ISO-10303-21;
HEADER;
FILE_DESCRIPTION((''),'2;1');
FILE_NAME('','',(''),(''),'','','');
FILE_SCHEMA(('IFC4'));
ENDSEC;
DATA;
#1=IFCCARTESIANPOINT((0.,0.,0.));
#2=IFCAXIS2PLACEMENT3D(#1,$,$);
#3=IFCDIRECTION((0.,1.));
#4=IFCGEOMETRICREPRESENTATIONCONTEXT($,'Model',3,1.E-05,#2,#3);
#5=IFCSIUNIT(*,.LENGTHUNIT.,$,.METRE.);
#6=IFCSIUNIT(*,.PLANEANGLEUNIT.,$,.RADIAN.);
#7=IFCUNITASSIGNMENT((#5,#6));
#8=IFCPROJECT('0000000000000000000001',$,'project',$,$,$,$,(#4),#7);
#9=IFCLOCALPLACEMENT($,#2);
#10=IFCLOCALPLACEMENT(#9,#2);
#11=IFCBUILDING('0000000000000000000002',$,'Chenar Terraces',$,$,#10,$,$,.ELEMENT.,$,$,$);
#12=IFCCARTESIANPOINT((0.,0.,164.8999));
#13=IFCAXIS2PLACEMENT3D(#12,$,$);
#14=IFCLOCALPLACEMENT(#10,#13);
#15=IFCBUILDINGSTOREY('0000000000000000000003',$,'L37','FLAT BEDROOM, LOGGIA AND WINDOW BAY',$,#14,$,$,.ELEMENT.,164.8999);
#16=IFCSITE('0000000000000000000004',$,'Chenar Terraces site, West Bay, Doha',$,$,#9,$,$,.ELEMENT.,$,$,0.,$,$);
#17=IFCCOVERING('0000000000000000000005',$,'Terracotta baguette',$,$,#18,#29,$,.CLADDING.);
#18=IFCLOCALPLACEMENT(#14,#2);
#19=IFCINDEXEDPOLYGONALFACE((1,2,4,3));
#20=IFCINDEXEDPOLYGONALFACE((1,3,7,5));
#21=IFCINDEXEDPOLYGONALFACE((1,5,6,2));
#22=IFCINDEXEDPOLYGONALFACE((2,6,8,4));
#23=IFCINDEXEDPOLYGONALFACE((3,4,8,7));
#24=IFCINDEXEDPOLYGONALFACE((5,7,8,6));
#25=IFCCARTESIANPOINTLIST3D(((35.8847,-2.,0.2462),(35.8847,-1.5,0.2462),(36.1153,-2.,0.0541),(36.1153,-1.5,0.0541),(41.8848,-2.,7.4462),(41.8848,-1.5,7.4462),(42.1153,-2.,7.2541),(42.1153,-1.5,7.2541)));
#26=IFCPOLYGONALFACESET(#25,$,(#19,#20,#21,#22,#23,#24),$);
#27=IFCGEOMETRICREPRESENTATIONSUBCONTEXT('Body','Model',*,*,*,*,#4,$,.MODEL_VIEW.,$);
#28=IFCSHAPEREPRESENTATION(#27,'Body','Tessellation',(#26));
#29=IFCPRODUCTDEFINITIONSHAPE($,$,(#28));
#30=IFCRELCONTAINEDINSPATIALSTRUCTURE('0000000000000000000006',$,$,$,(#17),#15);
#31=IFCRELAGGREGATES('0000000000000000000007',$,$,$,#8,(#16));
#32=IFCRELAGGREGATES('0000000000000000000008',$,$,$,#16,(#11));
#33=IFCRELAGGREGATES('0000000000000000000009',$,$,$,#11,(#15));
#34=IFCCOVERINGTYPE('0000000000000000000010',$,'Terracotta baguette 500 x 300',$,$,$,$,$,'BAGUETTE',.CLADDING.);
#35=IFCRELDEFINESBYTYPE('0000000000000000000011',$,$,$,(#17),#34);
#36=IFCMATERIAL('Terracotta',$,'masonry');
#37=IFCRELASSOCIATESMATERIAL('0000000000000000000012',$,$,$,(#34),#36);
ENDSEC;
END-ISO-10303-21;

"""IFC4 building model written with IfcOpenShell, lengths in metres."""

from ifc_helpers import new_model, si_unit, direction, frame, origin, origin_2d, place, context, subcontext, project, spatial, rectangle, extrude, material, material_profile, profile_set, type_object, element, save


model = new_model("IFC4")

# Units and contexts
model_context = context("Model", 3, precision=1e-05, world=origin(), true_north=direction((0.0, 1.0)))
body_context = subcontext(model_context, "Body", "Model", "MODEL_VIEW")
ifc_project = project(units=[si_unit("LENGTHUNIT", "METRE"), si_unit("PLANEANGLEUNIT", "RADIAN")], contexts=[model_context])

# Site, building, storey
site_placement = place(None, origin())
site = spatial("IfcSite", under=ifc_project, at=site_placement, Name="Chenar Terraces site, West Bay, Doha", CompositionType="ELEMENT", RefElevation=0.0)
building_placement = place(site_placement, origin())
building = spatial("IfcBuilding", under=site, at=building_placement, Name="Chenar Terraces", CompositionType="ELEMENT")
storey_placement = place(building_placement, frame((0.0, 0.0, 164.8999)))
storey = spatial("IfcBuildingStorey", under=building, at=storey_placement, Name="L37", Description="FLAT BEDROOM, LOGGIA AND WINDOW BAY", CompositionType="ELEMENT", Elevation=164.8999)

# Covering
ifc_material_1 = material(Name="Terracotta", Category="masonry")
ifc_material_profile_1 = material_profile(ifc_material_1, rectangle(XDim=0.5, YDim=0.3, at=origin_2d()), Name="Terracotta baguette 500 x 300")
ifc_profile_set_1 = profile_set([ifc_material_profile_1], Name="Terracotta")
covering_type = type_object("IfcCoveringType", Name="Terracotta baguette 500 x 300", ElementType="BAGUETTE", PredefinedType="CLADDING", material=ifc_profile_set_1)
for number, where, z_axis, x_axis, name in (
    (1, (36.0, -1.75, 0.1501), (0.640187, 0.0, 0.768219), (0.0, 1.0, 0.0), "Terracotta baguette"),
):
    element("IfcCovering", number, at=place(storey_placement, frame(where, z_axis=z_axis, x_axis=x_axis)), inside=storey, type_object=covering_type, Name=name, PredefinedType="CLADDING", context=body_context, shape_type="SweptSolid", body=[
        extrude(rectangle(XDim=0.5, YDim=0.3, at=origin_2d()), origin(), (0.0, 0.0, 1.0), 9.3723),
    ])

save(model, "model.ifc")
